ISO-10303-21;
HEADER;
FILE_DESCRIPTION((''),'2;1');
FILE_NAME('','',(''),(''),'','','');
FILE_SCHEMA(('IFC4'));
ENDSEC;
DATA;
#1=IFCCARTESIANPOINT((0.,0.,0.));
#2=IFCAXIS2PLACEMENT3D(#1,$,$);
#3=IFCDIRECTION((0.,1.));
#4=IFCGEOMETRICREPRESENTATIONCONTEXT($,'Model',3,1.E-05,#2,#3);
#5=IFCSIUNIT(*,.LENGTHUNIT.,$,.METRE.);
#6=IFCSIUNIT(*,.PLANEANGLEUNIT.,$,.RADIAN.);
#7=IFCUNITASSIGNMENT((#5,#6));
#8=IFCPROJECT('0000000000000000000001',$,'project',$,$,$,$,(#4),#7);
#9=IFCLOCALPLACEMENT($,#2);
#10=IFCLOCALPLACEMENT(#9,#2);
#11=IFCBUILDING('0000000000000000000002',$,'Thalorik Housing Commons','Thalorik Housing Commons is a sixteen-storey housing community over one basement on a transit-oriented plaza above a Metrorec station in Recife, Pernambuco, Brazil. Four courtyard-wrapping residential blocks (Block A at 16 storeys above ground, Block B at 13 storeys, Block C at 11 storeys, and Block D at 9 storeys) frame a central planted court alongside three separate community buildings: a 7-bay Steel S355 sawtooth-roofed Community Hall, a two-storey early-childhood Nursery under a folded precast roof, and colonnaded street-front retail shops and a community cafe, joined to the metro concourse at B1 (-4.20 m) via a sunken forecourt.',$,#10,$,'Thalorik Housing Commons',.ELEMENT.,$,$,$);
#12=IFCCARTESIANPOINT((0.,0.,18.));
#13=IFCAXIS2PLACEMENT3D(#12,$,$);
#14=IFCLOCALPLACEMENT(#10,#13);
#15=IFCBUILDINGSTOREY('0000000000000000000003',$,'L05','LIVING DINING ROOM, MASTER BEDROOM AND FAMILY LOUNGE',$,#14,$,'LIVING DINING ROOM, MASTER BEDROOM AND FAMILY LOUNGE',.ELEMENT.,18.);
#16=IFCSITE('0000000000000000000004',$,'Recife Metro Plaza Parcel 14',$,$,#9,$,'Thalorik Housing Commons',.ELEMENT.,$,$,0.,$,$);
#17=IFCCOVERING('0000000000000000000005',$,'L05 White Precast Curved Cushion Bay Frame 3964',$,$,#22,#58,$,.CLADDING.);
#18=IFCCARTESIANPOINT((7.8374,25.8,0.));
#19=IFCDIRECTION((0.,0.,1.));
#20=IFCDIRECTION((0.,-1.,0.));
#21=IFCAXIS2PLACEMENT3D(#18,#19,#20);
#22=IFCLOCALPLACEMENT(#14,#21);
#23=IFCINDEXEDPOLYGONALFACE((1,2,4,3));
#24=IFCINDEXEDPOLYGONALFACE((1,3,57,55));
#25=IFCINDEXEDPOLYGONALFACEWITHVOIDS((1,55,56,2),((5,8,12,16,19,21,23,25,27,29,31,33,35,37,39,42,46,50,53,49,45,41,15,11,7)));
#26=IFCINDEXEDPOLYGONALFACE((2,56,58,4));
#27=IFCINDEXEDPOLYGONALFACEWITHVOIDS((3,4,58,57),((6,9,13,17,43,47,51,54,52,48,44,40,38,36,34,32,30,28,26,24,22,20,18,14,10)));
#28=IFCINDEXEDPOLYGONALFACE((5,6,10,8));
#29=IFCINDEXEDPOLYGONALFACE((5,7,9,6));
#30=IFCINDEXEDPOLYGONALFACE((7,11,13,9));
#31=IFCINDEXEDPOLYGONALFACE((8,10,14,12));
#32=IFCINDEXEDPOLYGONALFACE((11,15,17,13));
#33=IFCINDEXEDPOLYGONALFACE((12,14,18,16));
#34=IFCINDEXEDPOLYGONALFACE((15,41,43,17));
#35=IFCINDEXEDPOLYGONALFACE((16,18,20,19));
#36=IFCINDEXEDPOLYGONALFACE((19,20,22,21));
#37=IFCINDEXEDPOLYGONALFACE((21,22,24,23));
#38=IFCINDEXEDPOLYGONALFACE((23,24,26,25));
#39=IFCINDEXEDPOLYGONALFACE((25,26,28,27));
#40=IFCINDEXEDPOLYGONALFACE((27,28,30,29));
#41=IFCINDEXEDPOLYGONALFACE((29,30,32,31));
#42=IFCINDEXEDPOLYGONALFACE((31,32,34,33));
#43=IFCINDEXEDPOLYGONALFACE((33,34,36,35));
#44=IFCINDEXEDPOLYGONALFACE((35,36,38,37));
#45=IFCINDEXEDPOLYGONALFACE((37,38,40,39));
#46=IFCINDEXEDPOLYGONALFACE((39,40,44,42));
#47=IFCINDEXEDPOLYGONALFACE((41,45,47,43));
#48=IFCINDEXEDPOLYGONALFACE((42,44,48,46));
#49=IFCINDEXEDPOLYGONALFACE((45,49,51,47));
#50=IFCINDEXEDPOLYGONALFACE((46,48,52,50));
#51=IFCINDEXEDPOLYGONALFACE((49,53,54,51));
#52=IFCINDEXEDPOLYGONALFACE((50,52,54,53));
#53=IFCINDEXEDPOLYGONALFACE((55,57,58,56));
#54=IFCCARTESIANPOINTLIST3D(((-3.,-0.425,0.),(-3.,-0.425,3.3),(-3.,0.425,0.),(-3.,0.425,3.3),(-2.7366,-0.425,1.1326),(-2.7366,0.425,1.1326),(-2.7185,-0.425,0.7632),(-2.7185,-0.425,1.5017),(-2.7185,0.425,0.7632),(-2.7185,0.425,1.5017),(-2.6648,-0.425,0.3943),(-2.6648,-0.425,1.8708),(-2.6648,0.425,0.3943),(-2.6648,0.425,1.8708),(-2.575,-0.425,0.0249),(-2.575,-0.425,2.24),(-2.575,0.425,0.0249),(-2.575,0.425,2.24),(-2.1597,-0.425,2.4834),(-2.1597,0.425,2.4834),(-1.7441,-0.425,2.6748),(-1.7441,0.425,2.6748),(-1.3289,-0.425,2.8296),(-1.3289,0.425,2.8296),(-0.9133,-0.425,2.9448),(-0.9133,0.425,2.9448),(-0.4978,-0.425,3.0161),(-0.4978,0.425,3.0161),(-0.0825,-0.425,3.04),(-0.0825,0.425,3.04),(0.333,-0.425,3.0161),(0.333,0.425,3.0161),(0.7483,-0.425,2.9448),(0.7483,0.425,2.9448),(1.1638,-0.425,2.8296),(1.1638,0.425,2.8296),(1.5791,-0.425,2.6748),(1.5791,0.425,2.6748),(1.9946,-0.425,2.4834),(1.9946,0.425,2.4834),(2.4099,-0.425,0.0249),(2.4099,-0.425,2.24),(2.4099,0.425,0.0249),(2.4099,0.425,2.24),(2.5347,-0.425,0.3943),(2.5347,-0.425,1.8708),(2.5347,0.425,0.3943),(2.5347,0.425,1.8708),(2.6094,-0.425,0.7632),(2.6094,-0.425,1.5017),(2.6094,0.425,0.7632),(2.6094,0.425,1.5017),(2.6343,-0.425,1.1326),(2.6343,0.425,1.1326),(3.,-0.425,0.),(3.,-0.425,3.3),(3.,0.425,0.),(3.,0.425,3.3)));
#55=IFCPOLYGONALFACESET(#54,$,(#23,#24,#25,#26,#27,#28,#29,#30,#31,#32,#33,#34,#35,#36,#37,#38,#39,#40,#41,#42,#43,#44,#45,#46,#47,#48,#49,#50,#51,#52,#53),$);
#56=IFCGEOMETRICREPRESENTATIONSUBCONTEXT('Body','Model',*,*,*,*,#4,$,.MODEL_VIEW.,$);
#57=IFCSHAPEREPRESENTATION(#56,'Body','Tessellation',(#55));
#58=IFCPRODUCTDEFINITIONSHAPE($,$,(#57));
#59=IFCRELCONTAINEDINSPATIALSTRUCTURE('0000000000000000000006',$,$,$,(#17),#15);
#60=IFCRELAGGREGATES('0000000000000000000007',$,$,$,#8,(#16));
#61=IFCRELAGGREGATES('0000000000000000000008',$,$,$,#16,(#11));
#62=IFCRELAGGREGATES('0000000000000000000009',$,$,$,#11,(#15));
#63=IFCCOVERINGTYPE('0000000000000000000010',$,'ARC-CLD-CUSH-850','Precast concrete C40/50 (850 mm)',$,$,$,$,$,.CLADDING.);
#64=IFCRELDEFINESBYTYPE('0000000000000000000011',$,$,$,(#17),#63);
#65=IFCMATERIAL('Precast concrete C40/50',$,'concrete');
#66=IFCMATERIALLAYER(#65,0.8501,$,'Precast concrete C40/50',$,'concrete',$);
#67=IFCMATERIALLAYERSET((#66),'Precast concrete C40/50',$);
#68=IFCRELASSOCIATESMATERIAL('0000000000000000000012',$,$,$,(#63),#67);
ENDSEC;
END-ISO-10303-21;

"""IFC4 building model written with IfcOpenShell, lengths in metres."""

from ifc_helpers import new_model, si_unit, direction, frame, origin, place, context, subcontext, project, spatial, polyline, outline, extrude, material, layer, layer_set, type_object, element, save


model = new_model("IFC4")

# Units and contexts
model_context = context("Model", 3, precision=1e-05, world=origin(), true_north=direction((0.0, 1.0)))
body_context = subcontext(model_context, "Body", "Model", "MODEL_VIEW")
ifc_project = project(units=[si_unit("LENGTHUNIT", "METRE"), si_unit("PLANEANGLEUNIT", "RADIAN")], contexts=[model_context])

# Site, building, storey
site_placement = place(None, origin())
site = spatial("IfcSite", under=ifc_project, at=site_placement, Name="Recife Metro Plaza Parcel 14", LongName="Thalorik Housing Commons", CompositionType="ELEMENT", RefElevation=0.0)
building_placement = place(site_placement, origin())
building = spatial("IfcBuilding", under=site, at=building_placement, Name="Thalorik Housing Commons", Description="Thalorik Housing Commons is a sixteen-storey housing community over one basement on a transit-oriented plaza above a Metrorec station in Recife, Pernambuco, Brazil. Four courtyard-wrapping residential blocks (Block A at 16 storeys above ground, Block B at 13 storeys, Block C at 11 storeys, and Block D at 9 storeys) frame a central planted court alongside three separate community buildings: a 7-bay Steel S355 sawtooth-roofed Community Hall, a two-storey early-childhood Nursery under a folded precast roof, and colonnaded street-front retail shops and a community cafe, joined to the metro concourse at B1 (-4.20 m) via a sunken forecourt.", LongName="Thalorik Housing Commons", CompositionType="ELEMENT")
storey_placement = place(building_placement, frame((0.0, 0.0, 18.0)))
storey = spatial("IfcBuildingStorey", under=building, at=storey_placement, Name="L05", Description="LIVING DINING ROOM, MASTER BEDROOM AND FAMILY LOUNGE", LongName="LIVING DINING ROOM, MASTER BEDROOM AND FAMILY LOUNGE", CompositionType="ELEMENT", Elevation=18.0)

# Shared definitions
ifc_material_1 = material(Name="Precast concrete C40/50", Category="concrete")

# Covering
ifc_layer_1 = layer(ifc_material_1, 0.8501, Name="Precast concrete C40/50", Category="concrete")
ifc_layer_set_1 = layer_set([ifc_layer_1], Name="Precast concrete C40/50")
covering_type_1 = type_object("IfcCoveringType", Name="ARC-CLD-CUSH-850", Description="Precast concrete C40/50 (850 mm)", PredefinedType="CLADDING", material=ifc_layer_set_1)
covering_1_placement = place(storey_placement, frame((7.8374, 25.8, 0.0), z_axis=(0.0, 0.0, 1.0), x_axis=(0.0, -1.0, 0.0)))
element("IfcCovering", 1, at=covering_1_placement, inside=storey, type_object=covering_type_1, Name="L05 White Precast Curved Cushion Bay Frame 3964", PredefinedType="CLADDING", context=body_context, shape_type="SweptSolid", body=[
    extrude(outline(polyline([(-3.0, 0.0), (3.0, 0.0), (3.0, 3.3), (-3.0, 3.3), (-3.0, 0.0)]), holes=[polyline([(2.4099, 0.0249), (2.5347, 0.3943), (2.6094, 0.7632), (2.6343, 1.1326), (2.6094, 1.5017), (2.5347, 1.8708), (2.4099, 2.24), (1.9946, 2.4834), (1.5791, 2.6748), (1.1638, 2.8296), (0.7483, 2.9448), (0.333, 3.0161), (-0.0825, 3.04), (-0.4978, 3.0161), (-0.9133, 2.9448), (-1.3289, 2.8296), (-1.7441, 2.6748), (-2.1597, 2.4834), (-2.575, 2.24), (-2.6648, 1.8708), (-2.7185, 1.5017), (-2.7366, 1.1326), (-2.7185, 0.7632), (-2.6648, 0.3943), (-2.575, 0.0249), (2.4099, 0.0249)])]), frame((0.0, 0.425, 0.0), z_axis=(0.0, -1.0, 0.0), x_axis=(1.0, 0.0, 0.0)), (0.0, 0.0, 1.0), 0.8501),
])

save(model, "model.ifc")
